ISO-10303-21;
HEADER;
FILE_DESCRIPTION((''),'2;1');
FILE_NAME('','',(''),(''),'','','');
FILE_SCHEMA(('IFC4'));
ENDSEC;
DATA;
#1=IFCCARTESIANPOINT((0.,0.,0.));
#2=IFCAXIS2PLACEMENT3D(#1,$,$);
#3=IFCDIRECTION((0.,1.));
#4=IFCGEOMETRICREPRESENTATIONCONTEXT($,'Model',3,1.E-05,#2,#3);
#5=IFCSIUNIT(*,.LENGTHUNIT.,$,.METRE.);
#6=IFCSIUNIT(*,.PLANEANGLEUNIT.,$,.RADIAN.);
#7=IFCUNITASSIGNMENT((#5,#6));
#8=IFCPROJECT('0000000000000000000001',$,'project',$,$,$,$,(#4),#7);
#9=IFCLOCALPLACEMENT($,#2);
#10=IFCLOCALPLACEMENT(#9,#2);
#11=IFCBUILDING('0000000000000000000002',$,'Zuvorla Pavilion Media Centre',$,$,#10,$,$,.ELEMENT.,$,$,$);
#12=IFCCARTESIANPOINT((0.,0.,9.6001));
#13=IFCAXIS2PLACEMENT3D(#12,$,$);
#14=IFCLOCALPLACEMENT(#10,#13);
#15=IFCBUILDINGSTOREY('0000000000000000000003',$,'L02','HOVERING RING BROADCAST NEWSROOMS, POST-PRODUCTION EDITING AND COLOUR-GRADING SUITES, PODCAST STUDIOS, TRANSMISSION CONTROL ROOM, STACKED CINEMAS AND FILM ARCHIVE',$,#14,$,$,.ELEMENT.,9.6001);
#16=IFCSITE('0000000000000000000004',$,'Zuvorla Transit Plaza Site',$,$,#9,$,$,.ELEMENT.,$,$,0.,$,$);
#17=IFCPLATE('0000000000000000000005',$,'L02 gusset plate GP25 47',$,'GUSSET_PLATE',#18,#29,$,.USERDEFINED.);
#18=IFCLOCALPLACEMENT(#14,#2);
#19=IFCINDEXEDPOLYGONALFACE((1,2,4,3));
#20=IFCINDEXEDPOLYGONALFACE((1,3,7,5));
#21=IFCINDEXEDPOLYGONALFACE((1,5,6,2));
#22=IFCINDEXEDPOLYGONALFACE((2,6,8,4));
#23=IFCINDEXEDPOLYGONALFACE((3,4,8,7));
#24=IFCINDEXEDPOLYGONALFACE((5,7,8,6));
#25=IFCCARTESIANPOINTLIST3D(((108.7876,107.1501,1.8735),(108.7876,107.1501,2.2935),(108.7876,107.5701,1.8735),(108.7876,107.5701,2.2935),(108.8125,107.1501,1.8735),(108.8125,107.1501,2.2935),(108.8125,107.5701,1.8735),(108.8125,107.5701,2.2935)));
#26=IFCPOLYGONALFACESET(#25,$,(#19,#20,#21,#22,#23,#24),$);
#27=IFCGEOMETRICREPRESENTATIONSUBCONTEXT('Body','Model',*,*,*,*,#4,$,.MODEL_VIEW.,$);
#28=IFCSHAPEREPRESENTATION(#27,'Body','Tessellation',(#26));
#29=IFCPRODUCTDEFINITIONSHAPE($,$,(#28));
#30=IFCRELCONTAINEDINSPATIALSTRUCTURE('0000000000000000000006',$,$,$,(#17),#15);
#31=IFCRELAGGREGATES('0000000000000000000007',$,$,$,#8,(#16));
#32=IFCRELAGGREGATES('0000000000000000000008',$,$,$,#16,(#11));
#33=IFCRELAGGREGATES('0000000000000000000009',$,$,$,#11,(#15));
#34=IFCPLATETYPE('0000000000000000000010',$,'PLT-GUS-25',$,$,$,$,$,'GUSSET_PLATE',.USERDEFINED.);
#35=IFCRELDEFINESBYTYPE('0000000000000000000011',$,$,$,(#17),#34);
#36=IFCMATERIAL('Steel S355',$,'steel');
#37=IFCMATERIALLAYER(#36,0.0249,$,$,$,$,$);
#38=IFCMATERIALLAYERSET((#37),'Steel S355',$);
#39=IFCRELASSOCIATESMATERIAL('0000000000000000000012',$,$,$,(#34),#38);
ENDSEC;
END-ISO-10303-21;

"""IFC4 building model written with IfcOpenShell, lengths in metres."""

from ifc_helpers import new_model, si_unit, direction, frame, origin, origin_2d, place, context, subcontext, project, spatial, rectangle, extrude, material, layer, layer_set, type_object, element, save


model = new_model("IFC4")

# Units and contexts
model_context = context("Model", 3, precision=1e-05, world=origin(), true_north=direction((0.0, 1.0)))
body_context = subcontext(model_context, "Body", "Model", "MODEL_VIEW")
ifc_project = project(units=[si_unit("LENGTHUNIT", "METRE"), si_unit("PLANEANGLEUNIT", "RADIAN")], contexts=[model_context])

# Site, building, storey
site_placement = place(None, origin())
site = spatial("IfcSite", under=ifc_project, at=site_placement, Name="Zuvorla Transit Plaza Site", CompositionType="ELEMENT", RefElevation=0.0)
building_placement = place(site_placement, origin())
building = spatial("IfcBuilding", under=site, at=building_placement, Name="Zuvorla Pavilion Media Centre", CompositionType="ELEMENT")
storey_placement = place(building_placement, frame((0.0, 0.0, 9.6001)))
storey = spatial("IfcBuildingStorey", under=building, at=storey_placement, Name="L02", Description="HOVERING RING BROADCAST NEWSROOMS, POST-PRODUCTION EDITING AND COLOUR-GRADING SUITES, PODCAST STUDIOS, TRANSMISSION CONTROL ROOM, STACKED CINEMAS AND FILM ARCHIVE", CompositionType="ELEMENT", Elevation=9.6001)

# Shared definitions
ifc_material_1 = material(Name="Steel S355", Category="steel")

# Plate
ifc_layer_1 = layer(ifc_material_1, 0.0249)
ifc_layer_set_1 = layer_set([ifc_layer_1], Name="Steel S355")
plate_type_1 = type_object("IfcPlateType", Name="PLT-GUS-25", ElementType="GUSSET_PLATE", PredefinedType="USERDEFINED", material=ifc_layer_set_1)
plate_1_placement = place(storey_placement, frame((108.8, 107.3601, 1.8735), z_axis=(0.0, 0.0, 1.0), x_axis=(1.0, 0.0, 0.0)))
element("IfcPlate", 1, at=plate_1_placement, inside=storey, type_object=plate_type_1, Name="L02 gusset plate GP25 47", ObjectType="GUSSET_PLATE", PredefinedType="USERDEFINED", context=body_context, shape_type="SweptSolid", body=[
    extrude(rectangle(XDim=0.0249, YDim=0.4199, at=origin_2d()), origin(), (0.0, 0.0, 1.0), 0.4199),
])

save(model, "model.ifc")
